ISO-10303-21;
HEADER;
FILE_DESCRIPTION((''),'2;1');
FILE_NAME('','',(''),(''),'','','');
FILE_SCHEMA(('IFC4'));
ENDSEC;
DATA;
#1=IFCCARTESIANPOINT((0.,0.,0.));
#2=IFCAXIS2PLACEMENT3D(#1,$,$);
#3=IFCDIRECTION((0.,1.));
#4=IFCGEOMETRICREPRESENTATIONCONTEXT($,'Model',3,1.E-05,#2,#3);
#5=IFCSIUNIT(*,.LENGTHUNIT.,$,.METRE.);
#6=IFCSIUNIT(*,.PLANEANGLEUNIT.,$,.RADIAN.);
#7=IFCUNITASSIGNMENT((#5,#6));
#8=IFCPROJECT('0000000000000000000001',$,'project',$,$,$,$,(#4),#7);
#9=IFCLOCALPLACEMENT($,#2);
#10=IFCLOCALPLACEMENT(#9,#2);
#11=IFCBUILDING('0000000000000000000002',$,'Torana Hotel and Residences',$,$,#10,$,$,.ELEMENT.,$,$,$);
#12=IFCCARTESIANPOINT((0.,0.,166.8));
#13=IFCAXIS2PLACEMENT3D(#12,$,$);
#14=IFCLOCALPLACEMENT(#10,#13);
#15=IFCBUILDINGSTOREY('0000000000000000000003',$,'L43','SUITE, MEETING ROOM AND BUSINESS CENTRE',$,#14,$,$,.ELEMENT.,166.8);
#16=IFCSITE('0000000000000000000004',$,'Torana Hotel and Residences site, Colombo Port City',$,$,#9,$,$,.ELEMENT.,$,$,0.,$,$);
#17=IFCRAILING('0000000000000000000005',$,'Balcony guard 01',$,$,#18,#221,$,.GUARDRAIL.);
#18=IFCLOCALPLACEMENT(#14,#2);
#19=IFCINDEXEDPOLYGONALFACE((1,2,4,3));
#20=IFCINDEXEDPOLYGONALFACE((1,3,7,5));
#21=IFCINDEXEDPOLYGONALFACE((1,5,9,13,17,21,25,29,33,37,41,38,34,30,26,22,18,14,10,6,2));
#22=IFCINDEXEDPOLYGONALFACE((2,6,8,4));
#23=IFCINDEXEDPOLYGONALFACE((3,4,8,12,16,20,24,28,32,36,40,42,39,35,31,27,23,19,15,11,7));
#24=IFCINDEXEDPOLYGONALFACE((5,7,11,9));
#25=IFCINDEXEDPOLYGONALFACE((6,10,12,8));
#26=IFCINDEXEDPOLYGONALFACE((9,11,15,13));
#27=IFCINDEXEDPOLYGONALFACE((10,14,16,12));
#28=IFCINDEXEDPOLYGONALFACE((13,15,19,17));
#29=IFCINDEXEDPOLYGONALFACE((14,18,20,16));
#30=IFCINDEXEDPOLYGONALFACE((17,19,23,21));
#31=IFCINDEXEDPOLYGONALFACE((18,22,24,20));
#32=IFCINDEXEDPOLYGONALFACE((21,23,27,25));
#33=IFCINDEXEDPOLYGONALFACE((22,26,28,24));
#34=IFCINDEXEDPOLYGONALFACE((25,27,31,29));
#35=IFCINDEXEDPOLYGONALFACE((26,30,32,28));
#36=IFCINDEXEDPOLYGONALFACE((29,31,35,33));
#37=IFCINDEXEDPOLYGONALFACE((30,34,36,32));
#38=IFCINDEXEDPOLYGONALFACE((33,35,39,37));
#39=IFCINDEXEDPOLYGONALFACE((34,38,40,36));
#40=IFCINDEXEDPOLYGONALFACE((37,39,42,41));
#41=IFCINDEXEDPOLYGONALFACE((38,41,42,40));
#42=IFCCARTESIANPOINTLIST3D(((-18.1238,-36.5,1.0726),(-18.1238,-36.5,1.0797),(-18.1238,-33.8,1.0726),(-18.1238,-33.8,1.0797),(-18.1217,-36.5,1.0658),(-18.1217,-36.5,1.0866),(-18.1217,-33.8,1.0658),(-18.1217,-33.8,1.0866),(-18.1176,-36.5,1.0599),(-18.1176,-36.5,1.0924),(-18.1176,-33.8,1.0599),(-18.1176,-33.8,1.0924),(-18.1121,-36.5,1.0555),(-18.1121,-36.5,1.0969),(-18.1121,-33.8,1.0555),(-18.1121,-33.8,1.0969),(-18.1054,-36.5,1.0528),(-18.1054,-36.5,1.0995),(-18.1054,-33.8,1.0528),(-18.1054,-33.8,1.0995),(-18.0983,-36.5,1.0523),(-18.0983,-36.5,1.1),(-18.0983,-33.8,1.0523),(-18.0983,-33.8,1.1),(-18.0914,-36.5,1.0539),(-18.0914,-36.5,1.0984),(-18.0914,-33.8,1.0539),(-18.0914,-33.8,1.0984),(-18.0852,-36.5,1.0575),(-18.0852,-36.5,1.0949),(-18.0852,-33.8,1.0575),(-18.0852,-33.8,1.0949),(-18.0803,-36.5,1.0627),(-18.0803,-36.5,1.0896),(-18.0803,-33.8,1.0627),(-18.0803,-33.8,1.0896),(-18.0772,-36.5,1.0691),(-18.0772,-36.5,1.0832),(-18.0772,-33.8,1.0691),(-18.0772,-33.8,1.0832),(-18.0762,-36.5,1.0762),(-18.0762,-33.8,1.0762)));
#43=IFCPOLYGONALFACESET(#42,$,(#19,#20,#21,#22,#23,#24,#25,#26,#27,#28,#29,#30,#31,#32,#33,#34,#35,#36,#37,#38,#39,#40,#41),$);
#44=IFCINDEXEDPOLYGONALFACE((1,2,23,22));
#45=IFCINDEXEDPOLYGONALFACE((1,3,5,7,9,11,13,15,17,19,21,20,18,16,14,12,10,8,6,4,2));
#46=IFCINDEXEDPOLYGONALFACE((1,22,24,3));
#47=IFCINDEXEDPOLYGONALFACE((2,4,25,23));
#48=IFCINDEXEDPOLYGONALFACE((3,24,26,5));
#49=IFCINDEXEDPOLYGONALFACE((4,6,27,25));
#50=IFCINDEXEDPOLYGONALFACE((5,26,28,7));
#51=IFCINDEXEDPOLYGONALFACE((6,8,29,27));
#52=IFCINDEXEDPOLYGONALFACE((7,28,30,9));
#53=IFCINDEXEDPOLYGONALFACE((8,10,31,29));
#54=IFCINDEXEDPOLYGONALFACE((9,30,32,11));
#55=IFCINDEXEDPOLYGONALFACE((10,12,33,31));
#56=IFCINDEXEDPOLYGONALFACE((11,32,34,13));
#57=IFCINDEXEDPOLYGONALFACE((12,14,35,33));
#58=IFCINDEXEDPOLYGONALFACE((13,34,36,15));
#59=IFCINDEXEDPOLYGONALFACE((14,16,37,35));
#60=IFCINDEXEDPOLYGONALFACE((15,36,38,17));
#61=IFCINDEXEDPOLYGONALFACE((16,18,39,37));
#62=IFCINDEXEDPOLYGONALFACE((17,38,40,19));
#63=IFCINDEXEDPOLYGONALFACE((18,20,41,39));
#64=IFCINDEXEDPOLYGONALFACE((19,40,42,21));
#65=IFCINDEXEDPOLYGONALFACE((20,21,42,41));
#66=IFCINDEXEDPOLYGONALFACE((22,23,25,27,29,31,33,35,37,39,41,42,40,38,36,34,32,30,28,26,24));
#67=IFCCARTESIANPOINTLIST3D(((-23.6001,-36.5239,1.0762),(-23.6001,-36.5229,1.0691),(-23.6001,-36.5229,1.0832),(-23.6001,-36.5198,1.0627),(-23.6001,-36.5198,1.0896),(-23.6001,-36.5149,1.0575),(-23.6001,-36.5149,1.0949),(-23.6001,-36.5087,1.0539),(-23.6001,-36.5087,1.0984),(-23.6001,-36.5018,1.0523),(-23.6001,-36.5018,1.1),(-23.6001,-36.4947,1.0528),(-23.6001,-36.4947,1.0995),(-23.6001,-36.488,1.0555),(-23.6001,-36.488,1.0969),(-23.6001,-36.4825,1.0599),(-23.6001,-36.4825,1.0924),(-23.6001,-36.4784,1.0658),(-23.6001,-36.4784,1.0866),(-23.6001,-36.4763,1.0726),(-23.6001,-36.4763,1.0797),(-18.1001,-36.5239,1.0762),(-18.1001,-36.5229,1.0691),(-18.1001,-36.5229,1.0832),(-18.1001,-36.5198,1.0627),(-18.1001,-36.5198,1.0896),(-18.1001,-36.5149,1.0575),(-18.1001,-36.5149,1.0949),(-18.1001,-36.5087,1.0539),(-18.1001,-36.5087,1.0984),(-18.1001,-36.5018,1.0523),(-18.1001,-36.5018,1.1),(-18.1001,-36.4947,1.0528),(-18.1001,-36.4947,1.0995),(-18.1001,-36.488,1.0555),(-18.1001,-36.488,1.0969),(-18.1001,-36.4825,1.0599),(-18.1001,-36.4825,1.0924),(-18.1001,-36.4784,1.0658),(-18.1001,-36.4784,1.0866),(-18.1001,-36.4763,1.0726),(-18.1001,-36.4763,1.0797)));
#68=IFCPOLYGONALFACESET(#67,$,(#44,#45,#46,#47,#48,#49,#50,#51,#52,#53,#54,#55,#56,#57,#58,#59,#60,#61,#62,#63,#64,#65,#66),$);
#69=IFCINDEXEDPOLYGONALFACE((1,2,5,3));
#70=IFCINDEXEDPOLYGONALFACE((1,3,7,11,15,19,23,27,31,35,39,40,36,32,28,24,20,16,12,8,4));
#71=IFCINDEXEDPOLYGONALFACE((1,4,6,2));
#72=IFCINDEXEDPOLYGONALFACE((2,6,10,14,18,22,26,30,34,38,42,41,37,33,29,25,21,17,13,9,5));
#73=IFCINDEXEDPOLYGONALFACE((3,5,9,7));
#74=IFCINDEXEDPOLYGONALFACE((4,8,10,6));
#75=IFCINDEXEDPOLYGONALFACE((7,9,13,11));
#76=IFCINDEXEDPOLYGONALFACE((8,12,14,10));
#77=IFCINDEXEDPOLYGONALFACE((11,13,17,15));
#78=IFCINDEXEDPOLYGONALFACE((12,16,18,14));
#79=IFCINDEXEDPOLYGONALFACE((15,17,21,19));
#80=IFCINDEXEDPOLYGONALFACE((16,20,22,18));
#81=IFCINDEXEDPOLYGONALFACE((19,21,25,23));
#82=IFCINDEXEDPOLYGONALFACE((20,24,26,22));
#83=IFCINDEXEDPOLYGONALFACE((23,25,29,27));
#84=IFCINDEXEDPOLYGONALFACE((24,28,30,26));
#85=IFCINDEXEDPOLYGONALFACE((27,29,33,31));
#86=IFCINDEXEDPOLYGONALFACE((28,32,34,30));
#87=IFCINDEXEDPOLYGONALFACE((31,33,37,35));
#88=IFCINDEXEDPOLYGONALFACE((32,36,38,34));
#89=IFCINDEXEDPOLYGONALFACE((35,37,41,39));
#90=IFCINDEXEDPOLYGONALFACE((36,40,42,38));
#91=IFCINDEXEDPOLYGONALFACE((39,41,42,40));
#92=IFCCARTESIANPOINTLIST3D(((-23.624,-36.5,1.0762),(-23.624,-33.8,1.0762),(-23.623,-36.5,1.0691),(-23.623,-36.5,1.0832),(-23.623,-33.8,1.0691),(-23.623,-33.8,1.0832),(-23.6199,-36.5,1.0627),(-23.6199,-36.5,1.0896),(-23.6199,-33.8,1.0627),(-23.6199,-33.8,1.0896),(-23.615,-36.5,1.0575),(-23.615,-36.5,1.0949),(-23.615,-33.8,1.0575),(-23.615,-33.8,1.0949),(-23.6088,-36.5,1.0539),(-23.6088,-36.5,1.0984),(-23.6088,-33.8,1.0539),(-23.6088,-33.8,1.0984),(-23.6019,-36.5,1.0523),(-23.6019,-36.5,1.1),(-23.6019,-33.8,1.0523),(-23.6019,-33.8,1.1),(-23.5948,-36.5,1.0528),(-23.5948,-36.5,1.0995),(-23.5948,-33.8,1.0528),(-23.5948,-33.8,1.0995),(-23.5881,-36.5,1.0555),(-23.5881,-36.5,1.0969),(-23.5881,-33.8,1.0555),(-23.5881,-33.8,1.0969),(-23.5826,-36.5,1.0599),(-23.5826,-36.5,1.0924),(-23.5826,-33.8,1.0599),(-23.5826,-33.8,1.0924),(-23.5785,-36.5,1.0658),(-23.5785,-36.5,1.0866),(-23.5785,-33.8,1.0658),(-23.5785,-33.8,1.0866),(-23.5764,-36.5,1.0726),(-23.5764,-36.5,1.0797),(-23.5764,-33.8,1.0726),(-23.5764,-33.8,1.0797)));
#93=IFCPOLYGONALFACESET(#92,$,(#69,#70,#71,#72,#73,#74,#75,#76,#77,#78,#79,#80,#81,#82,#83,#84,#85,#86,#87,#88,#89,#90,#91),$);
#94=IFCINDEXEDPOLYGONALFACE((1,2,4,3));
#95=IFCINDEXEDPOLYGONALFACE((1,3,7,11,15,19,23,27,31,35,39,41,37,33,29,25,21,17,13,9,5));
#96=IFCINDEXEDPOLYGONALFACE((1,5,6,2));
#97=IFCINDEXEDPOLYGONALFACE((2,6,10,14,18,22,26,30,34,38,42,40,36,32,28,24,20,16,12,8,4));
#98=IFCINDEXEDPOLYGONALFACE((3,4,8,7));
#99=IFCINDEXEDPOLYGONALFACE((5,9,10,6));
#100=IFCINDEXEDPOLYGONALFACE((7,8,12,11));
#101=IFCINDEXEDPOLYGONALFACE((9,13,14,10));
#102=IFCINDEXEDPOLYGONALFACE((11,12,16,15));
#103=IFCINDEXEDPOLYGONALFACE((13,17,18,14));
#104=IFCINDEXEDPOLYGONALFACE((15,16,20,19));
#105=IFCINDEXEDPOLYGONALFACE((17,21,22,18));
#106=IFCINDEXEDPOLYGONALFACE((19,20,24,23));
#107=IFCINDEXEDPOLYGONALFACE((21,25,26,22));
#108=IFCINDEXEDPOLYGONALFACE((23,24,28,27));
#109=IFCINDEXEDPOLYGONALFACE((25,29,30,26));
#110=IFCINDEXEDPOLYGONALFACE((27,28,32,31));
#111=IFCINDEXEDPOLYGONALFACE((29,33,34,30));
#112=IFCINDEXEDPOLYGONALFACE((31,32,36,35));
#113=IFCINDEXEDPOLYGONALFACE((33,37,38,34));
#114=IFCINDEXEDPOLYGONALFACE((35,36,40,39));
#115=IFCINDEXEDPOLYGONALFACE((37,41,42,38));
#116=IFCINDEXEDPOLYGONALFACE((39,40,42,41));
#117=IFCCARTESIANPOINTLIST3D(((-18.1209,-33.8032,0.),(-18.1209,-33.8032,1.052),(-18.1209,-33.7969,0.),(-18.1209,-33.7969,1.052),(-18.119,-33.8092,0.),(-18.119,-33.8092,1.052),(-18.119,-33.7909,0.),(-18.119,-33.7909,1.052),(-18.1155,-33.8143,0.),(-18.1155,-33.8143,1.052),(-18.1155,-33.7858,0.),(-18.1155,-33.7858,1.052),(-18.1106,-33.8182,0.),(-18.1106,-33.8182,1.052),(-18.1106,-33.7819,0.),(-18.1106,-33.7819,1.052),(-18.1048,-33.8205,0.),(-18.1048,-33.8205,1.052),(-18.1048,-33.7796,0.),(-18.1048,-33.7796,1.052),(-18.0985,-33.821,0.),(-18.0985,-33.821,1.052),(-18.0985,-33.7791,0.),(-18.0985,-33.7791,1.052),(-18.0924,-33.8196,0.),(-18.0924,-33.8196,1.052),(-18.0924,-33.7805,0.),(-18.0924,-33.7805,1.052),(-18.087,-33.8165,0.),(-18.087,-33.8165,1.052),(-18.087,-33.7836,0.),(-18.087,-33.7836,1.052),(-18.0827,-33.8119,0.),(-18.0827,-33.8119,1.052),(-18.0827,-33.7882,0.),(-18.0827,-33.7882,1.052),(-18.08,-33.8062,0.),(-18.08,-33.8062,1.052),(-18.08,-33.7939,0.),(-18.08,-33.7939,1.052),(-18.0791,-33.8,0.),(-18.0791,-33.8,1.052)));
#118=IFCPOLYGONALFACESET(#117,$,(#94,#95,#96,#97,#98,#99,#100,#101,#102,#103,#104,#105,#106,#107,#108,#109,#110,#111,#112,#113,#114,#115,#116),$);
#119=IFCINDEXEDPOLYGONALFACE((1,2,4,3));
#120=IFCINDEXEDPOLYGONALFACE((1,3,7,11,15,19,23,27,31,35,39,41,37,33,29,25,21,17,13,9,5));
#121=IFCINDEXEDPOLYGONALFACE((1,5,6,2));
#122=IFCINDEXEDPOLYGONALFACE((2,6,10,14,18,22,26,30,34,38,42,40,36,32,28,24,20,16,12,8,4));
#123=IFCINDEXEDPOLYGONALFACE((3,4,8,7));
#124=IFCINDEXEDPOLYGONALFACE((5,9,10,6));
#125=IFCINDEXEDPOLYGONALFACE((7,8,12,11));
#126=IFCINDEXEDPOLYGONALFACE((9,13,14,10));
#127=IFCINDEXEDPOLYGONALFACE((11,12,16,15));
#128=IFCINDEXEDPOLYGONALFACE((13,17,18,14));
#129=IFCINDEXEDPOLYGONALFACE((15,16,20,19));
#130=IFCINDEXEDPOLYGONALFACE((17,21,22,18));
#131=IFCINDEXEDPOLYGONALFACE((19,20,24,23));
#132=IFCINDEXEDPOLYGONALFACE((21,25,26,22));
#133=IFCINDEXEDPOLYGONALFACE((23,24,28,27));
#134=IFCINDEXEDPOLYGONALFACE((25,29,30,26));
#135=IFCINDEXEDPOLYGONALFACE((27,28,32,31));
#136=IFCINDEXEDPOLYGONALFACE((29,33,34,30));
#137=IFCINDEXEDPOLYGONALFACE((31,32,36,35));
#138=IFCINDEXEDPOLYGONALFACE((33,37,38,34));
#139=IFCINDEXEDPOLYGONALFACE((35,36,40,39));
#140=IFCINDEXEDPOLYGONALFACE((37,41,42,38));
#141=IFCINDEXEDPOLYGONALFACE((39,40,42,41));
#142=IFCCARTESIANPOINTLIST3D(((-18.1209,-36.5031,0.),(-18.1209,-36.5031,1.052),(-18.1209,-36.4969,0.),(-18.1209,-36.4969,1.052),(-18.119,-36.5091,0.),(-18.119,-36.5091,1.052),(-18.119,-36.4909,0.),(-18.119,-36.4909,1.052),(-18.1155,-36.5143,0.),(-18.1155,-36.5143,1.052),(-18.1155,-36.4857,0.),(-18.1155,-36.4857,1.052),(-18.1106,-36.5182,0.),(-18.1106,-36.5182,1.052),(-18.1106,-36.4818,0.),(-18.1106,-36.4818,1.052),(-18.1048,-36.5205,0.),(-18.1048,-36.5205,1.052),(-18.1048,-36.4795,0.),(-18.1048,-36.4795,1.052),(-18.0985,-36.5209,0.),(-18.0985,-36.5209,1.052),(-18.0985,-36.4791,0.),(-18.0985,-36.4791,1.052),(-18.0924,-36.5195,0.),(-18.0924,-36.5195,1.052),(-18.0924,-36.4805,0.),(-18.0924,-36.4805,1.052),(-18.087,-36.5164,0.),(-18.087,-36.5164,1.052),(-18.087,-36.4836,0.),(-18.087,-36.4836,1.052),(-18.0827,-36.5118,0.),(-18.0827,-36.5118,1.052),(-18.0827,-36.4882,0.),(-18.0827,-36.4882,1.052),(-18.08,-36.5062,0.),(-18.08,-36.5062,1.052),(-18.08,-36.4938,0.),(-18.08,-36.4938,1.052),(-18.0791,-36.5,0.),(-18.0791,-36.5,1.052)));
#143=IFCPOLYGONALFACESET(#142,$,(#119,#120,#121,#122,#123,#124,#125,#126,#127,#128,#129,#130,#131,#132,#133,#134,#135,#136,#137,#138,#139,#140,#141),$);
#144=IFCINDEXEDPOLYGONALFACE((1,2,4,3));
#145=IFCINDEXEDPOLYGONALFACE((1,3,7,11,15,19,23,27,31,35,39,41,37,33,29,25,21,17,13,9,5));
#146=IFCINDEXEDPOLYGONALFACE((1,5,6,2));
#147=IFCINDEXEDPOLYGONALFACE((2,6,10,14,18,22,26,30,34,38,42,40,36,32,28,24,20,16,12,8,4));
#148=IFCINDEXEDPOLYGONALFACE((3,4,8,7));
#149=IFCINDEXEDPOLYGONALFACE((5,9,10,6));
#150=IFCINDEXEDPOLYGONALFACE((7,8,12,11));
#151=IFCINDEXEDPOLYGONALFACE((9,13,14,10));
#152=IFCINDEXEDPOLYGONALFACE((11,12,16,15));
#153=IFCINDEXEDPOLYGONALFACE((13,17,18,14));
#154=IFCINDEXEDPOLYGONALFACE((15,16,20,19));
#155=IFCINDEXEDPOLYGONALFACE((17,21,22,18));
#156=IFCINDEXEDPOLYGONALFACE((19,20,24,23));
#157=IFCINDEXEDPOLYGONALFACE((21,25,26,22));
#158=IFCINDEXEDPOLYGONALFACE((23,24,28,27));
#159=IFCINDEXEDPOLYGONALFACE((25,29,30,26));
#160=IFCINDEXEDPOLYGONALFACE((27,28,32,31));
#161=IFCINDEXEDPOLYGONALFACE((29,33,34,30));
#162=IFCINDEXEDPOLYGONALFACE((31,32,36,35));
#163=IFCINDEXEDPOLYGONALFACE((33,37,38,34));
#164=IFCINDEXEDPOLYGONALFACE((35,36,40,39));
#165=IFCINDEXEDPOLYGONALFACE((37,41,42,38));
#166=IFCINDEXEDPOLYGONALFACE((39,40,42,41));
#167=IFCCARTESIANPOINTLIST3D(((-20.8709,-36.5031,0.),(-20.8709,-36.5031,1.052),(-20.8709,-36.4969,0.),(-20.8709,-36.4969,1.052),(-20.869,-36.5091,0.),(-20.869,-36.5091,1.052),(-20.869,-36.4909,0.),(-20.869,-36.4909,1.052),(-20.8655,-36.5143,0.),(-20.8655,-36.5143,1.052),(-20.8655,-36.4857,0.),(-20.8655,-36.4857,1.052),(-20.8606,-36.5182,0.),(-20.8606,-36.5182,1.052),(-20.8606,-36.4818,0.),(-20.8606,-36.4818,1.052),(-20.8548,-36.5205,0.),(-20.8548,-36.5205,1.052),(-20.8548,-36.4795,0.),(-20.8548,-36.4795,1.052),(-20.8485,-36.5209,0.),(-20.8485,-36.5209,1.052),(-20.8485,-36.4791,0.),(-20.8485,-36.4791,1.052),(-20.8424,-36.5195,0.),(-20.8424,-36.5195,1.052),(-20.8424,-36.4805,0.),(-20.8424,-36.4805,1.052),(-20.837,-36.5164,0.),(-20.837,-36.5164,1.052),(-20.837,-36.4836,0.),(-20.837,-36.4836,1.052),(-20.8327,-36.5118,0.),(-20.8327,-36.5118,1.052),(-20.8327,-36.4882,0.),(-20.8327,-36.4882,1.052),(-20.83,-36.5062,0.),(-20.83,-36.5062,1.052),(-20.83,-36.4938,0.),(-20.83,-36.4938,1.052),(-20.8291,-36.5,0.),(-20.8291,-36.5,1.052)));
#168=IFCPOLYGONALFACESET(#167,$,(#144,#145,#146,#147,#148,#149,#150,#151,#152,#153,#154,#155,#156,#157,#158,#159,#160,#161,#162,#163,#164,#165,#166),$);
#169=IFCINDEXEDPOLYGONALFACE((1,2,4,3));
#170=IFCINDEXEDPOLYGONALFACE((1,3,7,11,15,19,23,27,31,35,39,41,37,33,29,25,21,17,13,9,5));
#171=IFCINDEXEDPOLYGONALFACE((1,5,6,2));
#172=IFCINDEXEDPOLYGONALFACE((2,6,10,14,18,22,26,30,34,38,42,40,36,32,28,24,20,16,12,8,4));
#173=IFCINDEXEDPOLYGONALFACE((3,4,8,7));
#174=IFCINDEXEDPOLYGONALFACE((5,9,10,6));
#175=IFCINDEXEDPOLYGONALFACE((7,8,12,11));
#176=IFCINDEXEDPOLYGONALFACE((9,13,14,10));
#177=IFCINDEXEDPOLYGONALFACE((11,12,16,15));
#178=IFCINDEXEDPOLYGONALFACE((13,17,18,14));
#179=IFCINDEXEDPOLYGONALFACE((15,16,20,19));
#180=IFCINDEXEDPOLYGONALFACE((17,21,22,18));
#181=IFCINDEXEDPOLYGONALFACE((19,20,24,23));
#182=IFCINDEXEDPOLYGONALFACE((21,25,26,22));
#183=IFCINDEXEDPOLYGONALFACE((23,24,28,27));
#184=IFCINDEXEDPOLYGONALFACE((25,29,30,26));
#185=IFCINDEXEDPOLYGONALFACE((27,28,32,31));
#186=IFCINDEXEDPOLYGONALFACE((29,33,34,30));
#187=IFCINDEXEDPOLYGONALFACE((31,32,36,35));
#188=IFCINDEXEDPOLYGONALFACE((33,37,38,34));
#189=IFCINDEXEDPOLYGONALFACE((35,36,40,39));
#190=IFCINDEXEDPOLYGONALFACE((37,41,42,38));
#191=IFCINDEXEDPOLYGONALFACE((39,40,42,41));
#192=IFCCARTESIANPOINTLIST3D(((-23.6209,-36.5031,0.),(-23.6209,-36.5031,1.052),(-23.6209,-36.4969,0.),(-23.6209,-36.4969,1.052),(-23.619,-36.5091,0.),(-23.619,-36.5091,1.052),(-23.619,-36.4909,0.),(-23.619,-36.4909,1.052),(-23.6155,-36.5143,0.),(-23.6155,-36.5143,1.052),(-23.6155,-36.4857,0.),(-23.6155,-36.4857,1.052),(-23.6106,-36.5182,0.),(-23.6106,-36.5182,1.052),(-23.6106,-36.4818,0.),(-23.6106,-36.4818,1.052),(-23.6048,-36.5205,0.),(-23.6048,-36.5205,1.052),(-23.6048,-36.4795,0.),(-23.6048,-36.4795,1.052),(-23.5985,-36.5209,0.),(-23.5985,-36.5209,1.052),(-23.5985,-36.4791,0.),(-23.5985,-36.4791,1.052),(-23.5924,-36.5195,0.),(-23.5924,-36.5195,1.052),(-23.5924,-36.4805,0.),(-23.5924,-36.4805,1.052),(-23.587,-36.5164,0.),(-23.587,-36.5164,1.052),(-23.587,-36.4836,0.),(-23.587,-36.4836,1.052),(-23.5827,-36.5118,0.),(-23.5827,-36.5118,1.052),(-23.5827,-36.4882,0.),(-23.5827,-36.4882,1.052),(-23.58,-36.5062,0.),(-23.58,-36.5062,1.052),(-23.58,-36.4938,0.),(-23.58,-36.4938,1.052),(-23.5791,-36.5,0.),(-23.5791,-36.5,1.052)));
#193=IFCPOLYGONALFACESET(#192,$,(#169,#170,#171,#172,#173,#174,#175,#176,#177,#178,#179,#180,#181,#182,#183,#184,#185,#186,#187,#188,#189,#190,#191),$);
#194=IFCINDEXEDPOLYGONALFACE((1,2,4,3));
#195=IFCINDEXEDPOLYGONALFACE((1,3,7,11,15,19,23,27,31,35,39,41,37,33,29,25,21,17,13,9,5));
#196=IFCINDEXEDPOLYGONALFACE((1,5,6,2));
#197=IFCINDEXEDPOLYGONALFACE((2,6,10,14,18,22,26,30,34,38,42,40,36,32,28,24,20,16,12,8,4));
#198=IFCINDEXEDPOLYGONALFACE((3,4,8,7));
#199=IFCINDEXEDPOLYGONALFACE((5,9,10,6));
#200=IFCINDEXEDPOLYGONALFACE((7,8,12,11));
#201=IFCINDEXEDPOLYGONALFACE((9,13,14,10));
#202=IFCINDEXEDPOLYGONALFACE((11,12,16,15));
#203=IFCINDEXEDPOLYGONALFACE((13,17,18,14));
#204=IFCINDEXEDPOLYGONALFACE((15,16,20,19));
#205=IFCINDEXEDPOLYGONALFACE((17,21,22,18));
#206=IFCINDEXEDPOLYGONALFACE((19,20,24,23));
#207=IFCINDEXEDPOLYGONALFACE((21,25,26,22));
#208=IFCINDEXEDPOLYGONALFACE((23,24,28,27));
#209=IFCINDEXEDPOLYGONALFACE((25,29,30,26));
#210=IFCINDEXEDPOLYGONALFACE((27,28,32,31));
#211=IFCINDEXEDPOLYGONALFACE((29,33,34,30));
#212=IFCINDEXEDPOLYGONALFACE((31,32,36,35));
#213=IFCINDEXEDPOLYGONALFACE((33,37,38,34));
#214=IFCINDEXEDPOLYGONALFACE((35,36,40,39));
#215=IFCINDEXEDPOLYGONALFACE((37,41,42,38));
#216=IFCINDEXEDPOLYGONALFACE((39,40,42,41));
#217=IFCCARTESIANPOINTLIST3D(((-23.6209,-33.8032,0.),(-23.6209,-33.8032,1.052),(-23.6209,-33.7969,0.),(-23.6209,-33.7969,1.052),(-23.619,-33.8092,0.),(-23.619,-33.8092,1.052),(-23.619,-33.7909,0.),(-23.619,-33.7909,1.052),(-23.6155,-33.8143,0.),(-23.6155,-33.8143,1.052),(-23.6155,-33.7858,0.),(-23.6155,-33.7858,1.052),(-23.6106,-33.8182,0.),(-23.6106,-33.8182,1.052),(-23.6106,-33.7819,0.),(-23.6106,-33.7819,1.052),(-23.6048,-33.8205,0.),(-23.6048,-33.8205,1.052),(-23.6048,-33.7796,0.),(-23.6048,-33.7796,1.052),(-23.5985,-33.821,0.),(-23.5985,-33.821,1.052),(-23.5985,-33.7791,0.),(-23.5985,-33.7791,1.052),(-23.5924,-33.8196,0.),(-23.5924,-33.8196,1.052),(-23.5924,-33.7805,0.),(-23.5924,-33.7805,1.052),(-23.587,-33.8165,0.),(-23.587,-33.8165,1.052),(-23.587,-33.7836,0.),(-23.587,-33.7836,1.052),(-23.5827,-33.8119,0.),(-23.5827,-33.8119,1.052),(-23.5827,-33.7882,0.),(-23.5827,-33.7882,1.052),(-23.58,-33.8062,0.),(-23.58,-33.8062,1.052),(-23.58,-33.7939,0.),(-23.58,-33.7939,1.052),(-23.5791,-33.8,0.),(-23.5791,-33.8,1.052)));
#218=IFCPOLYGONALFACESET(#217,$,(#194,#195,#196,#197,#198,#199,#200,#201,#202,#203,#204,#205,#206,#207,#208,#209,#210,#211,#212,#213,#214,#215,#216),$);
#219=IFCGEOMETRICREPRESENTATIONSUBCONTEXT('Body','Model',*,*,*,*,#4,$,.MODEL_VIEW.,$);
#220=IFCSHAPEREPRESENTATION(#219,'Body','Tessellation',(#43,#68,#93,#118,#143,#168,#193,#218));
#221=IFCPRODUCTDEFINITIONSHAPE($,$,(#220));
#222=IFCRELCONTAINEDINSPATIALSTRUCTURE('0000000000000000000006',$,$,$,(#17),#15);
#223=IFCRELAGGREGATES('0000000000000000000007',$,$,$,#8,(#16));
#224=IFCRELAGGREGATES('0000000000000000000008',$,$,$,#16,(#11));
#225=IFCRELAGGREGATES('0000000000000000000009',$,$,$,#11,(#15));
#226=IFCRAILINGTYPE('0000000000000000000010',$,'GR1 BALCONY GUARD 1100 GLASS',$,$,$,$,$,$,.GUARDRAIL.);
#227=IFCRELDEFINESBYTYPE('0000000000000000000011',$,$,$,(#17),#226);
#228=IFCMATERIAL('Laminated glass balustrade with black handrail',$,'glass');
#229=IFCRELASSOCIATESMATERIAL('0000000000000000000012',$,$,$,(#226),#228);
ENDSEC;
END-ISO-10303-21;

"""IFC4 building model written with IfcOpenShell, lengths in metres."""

from ifc_helpers import new_model, si_unit, direction, frame, origin, origin_2d, place, context, subcontext, project, spatial, circle, extrude, material, type_object, element, save


model = new_model("IFC4")

# Units and contexts
model_context = context("Model", 3, precision=1e-05, world=origin(), true_north=direction((0.0, 1.0)))
body_context = subcontext(model_context, "Body", "Model", "MODEL_VIEW")
ifc_project = project(units=[si_unit("LENGTHUNIT", "METRE"), si_unit("PLANEANGLEUNIT", "RADIAN")], contexts=[model_context])

# Site, building, storey
site_placement = place(None, origin())
site = spatial("IfcSite", under=ifc_project, at=site_placement, Name="Torana Hotel and Residences site, Colombo Port City", CompositionType="ELEMENT", RefElevation=0.0)
building_placement = place(site_placement, origin())
building = spatial("IfcBuilding", under=site, at=building_placement, Name="Torana Hotel and Residences", CompositionType="ELEMENT")
storey_placement = place(building_placement, frame((0.0, 0.0, 166.8)))
storey = spatial("IfcBuildingStorey", under=building, at=storey_placement, Name="L43", Description="SUITE, MEETING ROOM AND BUSINESS CENTRE", CompositionType="ELEMENT", Elevation=166.8)

# Railing
ifc_material_1 = material(Name="Laminated glass balustrade with black handrail", Category="glass")
railing_type = type_object("IfcRailingType", Name="GR1 BALCONY GUARD 1100 GLASS", PredefinedType="GUARDRAIL", material=ifc_material_1)
railing_placement = place(storey_placement, frame((-18.1001, -33.8, 0.0)))
element("IfcRailing", 1, at=railing_placement, inside=storey, type_object=railing_type, Name="Balcony guard 01", PredefinedType="GUARDRAIL", context=body_context, shape_type="SweptSolid", body=[
    extrude(circle(Radius=0.0239, at=origin_2d()), frame((0.0, 0.0, 1.0762), z_axis=(0.0, -1.0, 0.0), x_axis=(1.0, 0.0, 0.0)), (0.0, 0.0, 1.0), 2.7),
    extrude(circle(Radius=0.0239, at=origin_2d()), frame((0.0, -2.7, 1.0762), z_axis=(-1.0, 0.0, 0.0), x_axis=(0.0, -1.0, 0.0)), (0.0, 0.0, 1.0), 5.5),
    extrude(circle(Radius=0.0239, at=origin_2d()), frame((-5.5, -2.7, 1.0762), z_axis=(0.0, 1.0, 0.0), x_axis=(-1.0, 0.0, 0.0)), (0.0, 0.0, 1.0), 2.7),
    extrude(circle(Radius=0.021, at=origin_2d()), origin(), (0.0, 0.0, 1.0), 1.052),
    extrude(circle(Radius=0.021, at=origin_2d()), frame((0.0, -2.7, 0.0)), (0.0, 0.0, 1.0), 1.052),
    extrude(circle(Radius=0.021, at=origin_2d()), frame((-2.75, -2.7, 0.0)), (0.0, 0.0, 1.0), 1.052),
    extrude(circle(Radius=0.021, at=origin_2d()), frame((-5.5, -2.7, 0.0)), (0.0, 0.0, 1.0), 1.052),
    extrude(circle(Radius=0.021, at=origin_2d()), frame((-5.5, 0.0, 0.0)), (0.0, 0.0, 1.0), 1.052),
])

save(model, "model.ifc")
